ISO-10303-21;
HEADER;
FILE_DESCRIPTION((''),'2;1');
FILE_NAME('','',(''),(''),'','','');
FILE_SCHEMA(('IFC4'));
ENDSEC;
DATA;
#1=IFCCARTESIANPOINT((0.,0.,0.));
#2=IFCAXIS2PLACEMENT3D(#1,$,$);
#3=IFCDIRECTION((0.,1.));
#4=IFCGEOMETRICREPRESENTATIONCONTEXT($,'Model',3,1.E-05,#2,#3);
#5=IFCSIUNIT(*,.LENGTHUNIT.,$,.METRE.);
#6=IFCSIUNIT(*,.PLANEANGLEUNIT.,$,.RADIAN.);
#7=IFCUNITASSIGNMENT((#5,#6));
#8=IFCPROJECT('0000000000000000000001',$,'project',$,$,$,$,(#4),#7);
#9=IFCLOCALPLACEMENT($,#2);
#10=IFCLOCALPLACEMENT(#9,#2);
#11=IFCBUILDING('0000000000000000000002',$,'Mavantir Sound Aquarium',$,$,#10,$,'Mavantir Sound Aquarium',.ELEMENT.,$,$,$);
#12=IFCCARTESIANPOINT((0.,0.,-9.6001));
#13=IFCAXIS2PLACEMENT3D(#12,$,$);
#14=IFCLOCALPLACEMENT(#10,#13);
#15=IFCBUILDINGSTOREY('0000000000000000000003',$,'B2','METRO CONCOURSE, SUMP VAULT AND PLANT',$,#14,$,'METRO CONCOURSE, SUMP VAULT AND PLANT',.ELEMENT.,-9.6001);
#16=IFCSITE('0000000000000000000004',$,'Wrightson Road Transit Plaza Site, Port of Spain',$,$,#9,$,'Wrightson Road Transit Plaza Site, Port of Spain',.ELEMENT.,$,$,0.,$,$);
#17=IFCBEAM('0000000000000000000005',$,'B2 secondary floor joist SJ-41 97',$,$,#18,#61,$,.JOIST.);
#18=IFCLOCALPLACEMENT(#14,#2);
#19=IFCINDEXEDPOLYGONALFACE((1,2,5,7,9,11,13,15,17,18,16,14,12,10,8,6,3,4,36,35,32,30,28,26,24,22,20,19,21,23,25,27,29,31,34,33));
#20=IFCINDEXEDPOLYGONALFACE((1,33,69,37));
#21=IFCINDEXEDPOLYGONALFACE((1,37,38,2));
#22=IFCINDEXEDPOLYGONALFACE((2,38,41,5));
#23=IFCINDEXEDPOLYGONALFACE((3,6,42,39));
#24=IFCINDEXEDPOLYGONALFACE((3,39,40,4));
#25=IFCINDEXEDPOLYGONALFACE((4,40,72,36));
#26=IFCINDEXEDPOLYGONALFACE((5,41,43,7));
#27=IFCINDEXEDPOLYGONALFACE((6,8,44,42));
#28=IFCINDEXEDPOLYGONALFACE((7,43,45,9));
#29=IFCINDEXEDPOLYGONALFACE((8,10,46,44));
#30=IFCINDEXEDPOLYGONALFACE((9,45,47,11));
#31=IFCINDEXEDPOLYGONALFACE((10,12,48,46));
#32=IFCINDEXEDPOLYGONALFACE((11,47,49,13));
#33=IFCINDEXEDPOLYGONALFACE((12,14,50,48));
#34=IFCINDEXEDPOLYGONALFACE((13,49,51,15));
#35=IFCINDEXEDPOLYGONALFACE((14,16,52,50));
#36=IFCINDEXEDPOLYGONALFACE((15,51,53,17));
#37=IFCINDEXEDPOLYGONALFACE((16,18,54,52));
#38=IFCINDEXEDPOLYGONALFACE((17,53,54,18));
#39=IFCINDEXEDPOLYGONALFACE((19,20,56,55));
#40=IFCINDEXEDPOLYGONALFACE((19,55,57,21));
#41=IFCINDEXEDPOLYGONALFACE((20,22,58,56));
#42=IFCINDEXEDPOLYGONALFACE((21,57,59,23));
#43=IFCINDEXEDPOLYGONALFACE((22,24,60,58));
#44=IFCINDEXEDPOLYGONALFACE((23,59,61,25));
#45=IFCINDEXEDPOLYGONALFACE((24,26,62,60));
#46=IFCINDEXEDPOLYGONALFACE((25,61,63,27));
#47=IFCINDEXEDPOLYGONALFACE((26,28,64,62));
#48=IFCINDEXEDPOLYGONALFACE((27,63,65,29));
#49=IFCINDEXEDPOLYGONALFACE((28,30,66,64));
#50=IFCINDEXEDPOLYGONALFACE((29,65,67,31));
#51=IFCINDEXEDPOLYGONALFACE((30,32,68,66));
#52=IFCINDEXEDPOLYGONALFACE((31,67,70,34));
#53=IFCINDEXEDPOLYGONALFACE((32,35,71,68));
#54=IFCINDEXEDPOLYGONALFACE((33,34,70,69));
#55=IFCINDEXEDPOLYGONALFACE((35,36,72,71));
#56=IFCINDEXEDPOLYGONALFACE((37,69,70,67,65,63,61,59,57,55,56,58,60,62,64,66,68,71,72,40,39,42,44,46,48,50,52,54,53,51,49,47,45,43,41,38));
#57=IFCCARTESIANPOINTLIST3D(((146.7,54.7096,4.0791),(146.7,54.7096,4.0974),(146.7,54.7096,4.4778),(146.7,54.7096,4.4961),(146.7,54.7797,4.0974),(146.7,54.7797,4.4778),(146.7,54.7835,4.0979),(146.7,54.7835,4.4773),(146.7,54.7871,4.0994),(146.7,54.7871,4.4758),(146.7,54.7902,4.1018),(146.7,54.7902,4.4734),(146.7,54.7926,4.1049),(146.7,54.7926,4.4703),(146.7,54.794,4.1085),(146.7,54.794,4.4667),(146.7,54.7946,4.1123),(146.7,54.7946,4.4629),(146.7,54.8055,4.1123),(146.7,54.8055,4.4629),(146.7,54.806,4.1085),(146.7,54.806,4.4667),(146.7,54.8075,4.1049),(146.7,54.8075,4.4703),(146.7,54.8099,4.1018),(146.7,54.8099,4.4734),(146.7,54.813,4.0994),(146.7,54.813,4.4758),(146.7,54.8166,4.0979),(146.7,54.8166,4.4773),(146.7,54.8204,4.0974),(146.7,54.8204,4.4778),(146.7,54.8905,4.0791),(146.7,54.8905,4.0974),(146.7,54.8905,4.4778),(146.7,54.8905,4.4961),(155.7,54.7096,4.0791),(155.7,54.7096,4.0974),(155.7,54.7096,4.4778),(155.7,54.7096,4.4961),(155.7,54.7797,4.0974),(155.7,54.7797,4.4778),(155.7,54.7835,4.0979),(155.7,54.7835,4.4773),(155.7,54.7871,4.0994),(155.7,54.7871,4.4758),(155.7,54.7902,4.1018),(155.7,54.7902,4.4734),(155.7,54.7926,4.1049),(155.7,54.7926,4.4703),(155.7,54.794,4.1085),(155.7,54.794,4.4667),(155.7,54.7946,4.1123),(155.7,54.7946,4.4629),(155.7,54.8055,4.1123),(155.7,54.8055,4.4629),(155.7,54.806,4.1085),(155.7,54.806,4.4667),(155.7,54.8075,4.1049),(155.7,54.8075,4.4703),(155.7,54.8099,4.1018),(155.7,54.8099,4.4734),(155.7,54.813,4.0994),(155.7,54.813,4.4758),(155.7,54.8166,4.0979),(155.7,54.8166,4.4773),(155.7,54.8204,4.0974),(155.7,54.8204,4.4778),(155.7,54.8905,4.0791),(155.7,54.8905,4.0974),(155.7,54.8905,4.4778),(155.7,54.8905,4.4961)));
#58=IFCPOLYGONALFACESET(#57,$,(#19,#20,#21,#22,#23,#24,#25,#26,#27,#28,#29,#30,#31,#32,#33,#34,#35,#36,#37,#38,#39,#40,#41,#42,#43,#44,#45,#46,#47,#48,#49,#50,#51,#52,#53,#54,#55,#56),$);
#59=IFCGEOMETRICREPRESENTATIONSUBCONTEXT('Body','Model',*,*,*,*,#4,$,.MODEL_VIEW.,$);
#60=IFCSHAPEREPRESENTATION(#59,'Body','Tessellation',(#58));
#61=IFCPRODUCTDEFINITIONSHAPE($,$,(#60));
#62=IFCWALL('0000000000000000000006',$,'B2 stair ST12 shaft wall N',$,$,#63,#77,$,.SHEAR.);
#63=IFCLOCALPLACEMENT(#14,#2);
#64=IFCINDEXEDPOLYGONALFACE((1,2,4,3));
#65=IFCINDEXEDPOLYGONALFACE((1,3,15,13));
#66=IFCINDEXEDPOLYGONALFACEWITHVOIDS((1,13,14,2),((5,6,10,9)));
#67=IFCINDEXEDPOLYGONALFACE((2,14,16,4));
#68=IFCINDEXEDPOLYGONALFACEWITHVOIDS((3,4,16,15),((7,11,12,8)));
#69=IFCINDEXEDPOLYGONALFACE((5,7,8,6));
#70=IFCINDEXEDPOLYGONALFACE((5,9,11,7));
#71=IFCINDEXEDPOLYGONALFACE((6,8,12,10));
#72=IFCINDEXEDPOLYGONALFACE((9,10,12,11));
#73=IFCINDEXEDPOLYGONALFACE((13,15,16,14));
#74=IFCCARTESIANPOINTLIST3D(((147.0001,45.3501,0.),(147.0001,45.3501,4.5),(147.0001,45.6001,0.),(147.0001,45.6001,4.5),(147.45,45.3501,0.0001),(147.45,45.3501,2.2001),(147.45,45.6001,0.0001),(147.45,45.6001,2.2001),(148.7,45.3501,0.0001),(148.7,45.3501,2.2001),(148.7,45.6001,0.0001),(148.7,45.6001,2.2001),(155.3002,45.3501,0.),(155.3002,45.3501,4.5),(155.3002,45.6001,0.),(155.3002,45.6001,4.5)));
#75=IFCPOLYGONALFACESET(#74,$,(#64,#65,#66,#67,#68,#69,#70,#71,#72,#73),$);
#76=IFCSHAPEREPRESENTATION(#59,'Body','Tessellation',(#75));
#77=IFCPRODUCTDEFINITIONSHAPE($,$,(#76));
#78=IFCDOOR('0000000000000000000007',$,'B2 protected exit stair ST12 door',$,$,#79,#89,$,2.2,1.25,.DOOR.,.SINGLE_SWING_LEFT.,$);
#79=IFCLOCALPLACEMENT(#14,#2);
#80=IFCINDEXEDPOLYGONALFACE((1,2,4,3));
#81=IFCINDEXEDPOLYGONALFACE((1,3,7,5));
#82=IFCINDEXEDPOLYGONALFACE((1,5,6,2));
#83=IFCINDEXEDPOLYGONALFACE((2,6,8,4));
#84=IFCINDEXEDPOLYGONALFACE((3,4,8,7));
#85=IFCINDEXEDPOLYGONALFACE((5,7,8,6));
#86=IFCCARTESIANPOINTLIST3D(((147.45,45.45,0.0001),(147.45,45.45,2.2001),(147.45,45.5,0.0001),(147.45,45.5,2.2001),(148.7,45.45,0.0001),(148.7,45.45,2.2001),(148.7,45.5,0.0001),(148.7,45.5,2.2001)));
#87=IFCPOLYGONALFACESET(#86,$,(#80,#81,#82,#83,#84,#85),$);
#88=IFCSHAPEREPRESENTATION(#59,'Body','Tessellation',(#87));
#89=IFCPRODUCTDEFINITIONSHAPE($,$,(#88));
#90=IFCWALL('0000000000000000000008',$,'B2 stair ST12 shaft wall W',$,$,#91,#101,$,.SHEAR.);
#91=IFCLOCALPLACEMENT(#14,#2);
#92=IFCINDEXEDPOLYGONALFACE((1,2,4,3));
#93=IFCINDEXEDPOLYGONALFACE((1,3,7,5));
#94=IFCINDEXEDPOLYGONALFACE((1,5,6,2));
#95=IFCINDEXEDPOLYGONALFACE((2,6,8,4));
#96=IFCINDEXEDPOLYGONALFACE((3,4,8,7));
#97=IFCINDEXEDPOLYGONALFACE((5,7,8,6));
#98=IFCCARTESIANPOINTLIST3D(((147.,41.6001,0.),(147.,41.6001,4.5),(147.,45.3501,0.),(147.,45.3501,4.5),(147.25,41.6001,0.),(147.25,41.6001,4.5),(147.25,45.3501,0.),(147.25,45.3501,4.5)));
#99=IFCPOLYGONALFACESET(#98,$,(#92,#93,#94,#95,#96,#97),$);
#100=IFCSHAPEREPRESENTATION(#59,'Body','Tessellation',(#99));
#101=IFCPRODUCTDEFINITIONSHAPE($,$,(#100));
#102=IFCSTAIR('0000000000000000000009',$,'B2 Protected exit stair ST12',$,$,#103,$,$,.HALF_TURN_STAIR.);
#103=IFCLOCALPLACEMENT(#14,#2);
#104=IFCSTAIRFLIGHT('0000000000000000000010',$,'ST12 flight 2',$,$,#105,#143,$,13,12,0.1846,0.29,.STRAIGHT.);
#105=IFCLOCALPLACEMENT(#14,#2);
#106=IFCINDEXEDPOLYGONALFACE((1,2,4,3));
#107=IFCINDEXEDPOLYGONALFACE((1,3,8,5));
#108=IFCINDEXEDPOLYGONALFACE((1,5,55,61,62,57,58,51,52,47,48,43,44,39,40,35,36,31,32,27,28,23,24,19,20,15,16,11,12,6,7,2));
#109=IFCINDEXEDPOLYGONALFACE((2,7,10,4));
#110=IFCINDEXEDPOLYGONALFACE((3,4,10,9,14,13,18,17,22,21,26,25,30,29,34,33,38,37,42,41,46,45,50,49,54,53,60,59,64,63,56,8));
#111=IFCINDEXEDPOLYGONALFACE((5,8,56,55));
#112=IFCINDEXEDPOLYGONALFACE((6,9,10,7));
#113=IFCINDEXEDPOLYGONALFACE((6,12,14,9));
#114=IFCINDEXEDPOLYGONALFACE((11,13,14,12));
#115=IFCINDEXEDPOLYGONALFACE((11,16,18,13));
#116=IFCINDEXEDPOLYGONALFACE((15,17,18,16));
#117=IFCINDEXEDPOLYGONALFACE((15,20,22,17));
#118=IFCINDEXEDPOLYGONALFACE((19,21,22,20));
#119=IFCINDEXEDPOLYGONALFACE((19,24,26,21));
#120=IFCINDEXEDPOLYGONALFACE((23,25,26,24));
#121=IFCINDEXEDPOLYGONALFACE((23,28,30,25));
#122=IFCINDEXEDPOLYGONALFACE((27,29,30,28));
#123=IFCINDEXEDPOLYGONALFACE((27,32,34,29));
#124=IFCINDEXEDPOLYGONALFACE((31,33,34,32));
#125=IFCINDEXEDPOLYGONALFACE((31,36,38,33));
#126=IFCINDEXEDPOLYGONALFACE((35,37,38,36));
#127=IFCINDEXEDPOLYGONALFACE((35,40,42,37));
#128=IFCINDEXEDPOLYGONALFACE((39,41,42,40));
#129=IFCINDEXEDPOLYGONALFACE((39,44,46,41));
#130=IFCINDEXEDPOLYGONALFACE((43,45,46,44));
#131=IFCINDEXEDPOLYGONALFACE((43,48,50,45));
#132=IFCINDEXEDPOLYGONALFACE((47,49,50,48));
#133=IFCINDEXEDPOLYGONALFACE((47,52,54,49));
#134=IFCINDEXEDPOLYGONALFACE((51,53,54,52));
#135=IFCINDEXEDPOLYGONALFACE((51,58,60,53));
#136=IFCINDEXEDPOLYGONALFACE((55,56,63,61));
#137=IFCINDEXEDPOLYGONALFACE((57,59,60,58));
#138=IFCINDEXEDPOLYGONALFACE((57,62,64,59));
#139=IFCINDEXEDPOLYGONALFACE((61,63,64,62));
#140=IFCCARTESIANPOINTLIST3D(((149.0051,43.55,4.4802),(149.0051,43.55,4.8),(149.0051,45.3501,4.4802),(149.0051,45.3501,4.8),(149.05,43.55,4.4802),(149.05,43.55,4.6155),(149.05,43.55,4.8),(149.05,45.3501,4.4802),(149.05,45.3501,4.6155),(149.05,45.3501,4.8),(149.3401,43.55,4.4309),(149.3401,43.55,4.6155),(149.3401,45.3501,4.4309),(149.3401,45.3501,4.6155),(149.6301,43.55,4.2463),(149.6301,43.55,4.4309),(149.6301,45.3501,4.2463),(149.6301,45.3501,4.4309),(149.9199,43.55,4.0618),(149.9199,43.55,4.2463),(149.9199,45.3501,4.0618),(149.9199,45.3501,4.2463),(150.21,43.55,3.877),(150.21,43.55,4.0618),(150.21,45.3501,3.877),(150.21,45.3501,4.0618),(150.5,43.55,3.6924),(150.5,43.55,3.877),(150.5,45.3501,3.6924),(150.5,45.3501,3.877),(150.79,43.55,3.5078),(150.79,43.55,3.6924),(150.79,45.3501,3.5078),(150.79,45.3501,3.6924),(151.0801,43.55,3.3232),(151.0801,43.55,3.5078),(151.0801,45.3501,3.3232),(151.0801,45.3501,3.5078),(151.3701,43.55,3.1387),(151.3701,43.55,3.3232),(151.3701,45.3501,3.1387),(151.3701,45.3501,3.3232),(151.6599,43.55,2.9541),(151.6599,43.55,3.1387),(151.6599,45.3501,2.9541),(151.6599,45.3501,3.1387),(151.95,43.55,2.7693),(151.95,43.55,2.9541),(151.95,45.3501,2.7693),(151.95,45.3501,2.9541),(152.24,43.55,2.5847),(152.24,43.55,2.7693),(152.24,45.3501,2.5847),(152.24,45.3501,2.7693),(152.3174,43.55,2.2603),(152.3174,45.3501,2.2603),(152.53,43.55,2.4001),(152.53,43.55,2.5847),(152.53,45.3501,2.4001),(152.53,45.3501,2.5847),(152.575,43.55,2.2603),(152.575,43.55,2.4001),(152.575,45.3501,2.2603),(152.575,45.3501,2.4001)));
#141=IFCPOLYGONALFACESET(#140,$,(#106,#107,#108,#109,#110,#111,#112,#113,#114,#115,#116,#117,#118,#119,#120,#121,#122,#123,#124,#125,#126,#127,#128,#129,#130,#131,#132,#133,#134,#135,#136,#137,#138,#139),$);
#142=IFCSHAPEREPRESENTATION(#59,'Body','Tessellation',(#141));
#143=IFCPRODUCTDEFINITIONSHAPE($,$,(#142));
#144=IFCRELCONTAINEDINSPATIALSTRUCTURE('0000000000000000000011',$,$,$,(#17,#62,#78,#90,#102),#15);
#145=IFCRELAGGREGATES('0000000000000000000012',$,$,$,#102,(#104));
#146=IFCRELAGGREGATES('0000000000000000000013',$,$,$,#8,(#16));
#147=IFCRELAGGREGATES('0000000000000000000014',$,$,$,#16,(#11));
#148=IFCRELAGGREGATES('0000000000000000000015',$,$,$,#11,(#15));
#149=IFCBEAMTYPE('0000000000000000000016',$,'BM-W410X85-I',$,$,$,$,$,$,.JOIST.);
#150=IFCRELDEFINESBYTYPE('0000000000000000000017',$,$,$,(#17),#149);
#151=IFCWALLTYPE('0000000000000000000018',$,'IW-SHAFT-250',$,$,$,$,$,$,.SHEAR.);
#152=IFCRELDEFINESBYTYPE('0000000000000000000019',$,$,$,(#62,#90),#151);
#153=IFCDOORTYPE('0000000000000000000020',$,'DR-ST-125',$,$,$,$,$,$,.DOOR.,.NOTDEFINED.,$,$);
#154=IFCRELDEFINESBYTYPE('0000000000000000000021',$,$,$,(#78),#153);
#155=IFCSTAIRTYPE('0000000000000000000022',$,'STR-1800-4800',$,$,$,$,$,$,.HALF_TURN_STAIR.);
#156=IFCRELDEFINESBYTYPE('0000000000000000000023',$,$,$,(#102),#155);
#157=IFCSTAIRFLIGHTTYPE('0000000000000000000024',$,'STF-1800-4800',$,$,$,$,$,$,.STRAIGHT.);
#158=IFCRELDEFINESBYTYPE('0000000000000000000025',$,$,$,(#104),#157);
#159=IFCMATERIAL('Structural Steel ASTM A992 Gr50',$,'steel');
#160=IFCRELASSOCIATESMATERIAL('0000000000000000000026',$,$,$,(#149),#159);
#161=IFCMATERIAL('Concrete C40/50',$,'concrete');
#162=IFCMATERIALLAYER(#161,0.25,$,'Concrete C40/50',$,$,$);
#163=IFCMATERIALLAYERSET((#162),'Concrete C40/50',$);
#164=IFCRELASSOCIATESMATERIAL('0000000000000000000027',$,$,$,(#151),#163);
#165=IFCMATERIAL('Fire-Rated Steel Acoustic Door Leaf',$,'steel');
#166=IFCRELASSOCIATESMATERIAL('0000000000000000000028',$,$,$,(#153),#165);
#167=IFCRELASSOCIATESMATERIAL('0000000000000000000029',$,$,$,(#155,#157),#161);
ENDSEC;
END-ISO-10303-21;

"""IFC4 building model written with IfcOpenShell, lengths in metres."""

from ifc_helpers import new_model, si_unit, direction, frame, frame_2d, origin, origin_2d, place, context, subcontext, project, spatial, polyline, rectangle, i_section, outline, extrude, material, layer, layer_set, material_profile, profile_set, type_object, element, fill, aggregate, save


model = new_model("IFC4")

# Units and contexts
model_context = context("Model", 3, precision=1e-05, world=origin(), true_north=direction((0.0, 1.0)))
body_context = subcontext(model_context, "Body", "Model", "MODEL_VIEW")
ifc_project = project(units=[si_unit("LENGTHUNIT", "METRE"), si_unit("PLANEANGLEUNIT", "RADIAN")], contexts=[model_context])

# Site, building, storey
site_placement = place(None, origin())
site = spatial("IfcSite", under=ifc_project, at=site_placement, Name="Wrightson Road Transit Plaza Site, Port of Spain", LongName="Wrightson Road Transit Plaza Site, Port of Spain", CompositionType="ELEMENT", RefElevation=0.0)
building_placement = place(site_placement, origin())
building = spatial("IfcBuilding", under=site, at=building_placement, Name="Mavantir Sound Aquarium", LongName="Mavantir Sound Aquarium", CompositionType="ELEMENT")
storey_placement = place(building_placement, frame((0.0, 0.0, -9.6001)))
storey = spatial("IfcBuildingStorey", under=building, at=storey_placement, Name="B2", Description="METRO CONCOURSE, SUMP VAULT AND PLANT", LongName="METRO CONCOURSE, SUMP VAULT AND PLANT", CompositionType="ELEMENT", Elevation=-9.6001)

# Shared definitions
ifc_material_1 = material(Name="Concrete C40/50", Category="concrete")

# Beam
ifc_material_2 = material(Name="Structural Steel ASTM A992 Gr50", Category="steel")
ifc_material_profile_1 = material_profile(ifc_material_2, i_section(OverallWidth=0.1809, OverallDepth=0.417, WebThickness=0.011, FlangeThickness=0.0183, FilletRadius=0.0149, at=origin_2d()), Name="W410X85")
ifc_profile_set_1 = profile_set([ifc_material_profile_1], Name="Structural Steel ASTM A992 Gr50")
beam_type_1 = type_object("IfcBeamType", Name="BM-W410X85-I", PredefinedType="JOIST", material=ifc_profile_set_1)
beam_1_placement = place(storey_placement, frame((146.7, 54.8, 4.2876), z_axis=(1.0, 0.0, 0.0), x_axis=(0.0, 1.0, 0.0)))
element("IfcBeam", 1, at=beam_1_placement, inside=storey, type_object=beam_type_1, Name="B2 secondary floor joist SJ-41 97", PredefinedType="JOIST", context=body_context, shape_type="SweptSolid", body=[
    extrude(i_section(OverallWidth=0.1809, OverallDepth=0.417, WebThickness=0.011, FlangeThickness=0.0183, FilletRadius=0.0149, at=origin_2d()), origin(), (0.0, 0.0, 1.0), 9.0),
])

# Wall, opening, door
ifc_layer = layer(ifc_material_1, 0.25, Name="Concrete C40/50")
ifc_layer_set = layer_set([ifc_layer], Name="Concrete C40/50")
wall_type = type_object("IfcWallType", Name="IW-SHAFT-250", PredefinedType="SHEAR", material=ifc_layer_set)
wall_1_placement = place(storey_placement, frame((155.3, 45.4751, 0.0), z_axis=(0.0, 0.0, 1.0), x_axis=(-1.0, 0.0, 0.0)))
wall_1 = element("IfcWall", 2, at=wall_1_placement, inside=storey, type_object=wall_type, Name="B2 stair ST12 shaft wall N", PredefinedType="SHEAR", context=body_context, shape_type="SweptSolid", body=[
    extrude(rectangle(XDim=8.3, YDim=0.25, at=frame_2d((4.1499, 0.0))), origin(), (0.0, 0.0, 1.0), 4.5),
])
opening_placement = place(wall_1_placement, frame((7.8501, 0.0, 0.0), z_axis=(0.0, 0.0, 1.0), x_axis=(-1.0, 0.0, 0.0)))
opening = element("IfcOpeningElement", 3, at=opening_placement, cuts=wall_1, PredefinedType="OPENING", context=body_context, shape_type="SweptSolid", body=[
    extrude(rectangle(XDim=1.25, YDim=2.2, at=frame_2d((0.625, 1.1001))), frame((0.0, 0.135, 0.0), z_axis=(0.0, -1.0, 0.0), x_axis=(1.0, 0.0, 0.0)), (0.0, 0.0, 1.0), 0.27),
])
ifc_material_3 = material(Name="Fire-Rated Steel Acoustic Door Leaf", Category="steel")
door_type = type_object("IfcDoorType", Name="DR-ST-125", OperationType="NOTDEFINED", PredefinedType="DOOR", material=ifc_material_3)
door_placement = place(opening_placement, origin())
door = element("IfcDoor", 4, at=door_placement, inside=storey, type_object=door_type, Name="B2 protected exit stair ST12 door", OperationType="SINGLE_SWING_LEFT", OverallHeight=2.2, OverallWidth=1.25, PredefinedType="DOOR", context=body_context, shape_type="SweptSolid", body=[
    extrude(rectangle(XDim=1.25, YDim=2.2, at=frame_2d((0.625, 1.1001))), frame((0.0, 0.0249, 0.0), z_axis=(0.0, -1.0, 0.0), x_axis=(1.0, 0.0, 0.0)), (0.0, 0.0, 1.0), 0.05),
])
fill(opening, door)

# Wall
wall_2_placement = place(storey_placement, frame((147.125, 45.3501, 0.0), z_axis=(0.0, 0.0, 1.0), x_axis=(0.0, -1.0, 0.0)))
element("IfcWall", 5, at=wall_2_placement, inside=storey, type_object=wall_type, Name="B2 stair ST12 shaft wall W", PredefinedType="SHEAR", context=body_context, shape_type="SweptSolid", body=[
    extrude(rectangle(XDim=3.75, YDim=0.25, at=frame_2d((1.875, 0.0))), origin(), (0.0, 0.0, 1.0), 4.5),
])

# Stair, stair flight
stair_type = type_object("IfcStairType", Name="STR-1800-4800", PredefinedType="HALF_TURN_STAIR", material=ifc_material_1)
stair_placement = place(storey_placement, origin())
stair = element("IfcStair", 6, at=stair_placement, inside=storey, type_object=stair_type, Name="B2 Protected exit stair ST12", PredefinedType="HALF_TURN_STAIR")
stair_flight_type = type_object("IfcStairFlightType", Name="STF-1800-4800", PredefinedType="STRAIGHT", material=ifc_material_1)
stair_flight_placement = place(storey_placement, frame((152.53, 44.45, 2.4001), z_axis=(0.0, 0.0, 1.0), x_axis=(-1.0, 0.0, 0.0)))
stair_flight = element("IfcStairFlight", 7, at=stair_flight_placement, type_object=stair_flight_type, Name="ST12 flight 2", NumberOfRisers=13, NumberOfTreads=12, PredefinedType="STRAIGHT", RiserHeight=0.1846, TreadLength=0.29, context=body_context, shape_type="SweptSolid", body=[
    extrude(outline(polyline([(-0.0449, -0.1399), (-0.0449, 0.0), (0.0, 0.0), (0.0, 0.1846), (0.29, 0.1846), (0.29, 0.3691), (0.5801, 0.3691), (0.5801, 0.554), (0.8701, 0.554), (0.8701, 0.7385), (1.1599, 0.7385), (1.1599, 0.9231), (1.45, 0.9231), (1.45, 1.1077), (1.74, 1.1077), (1.74, 1.2922), (2.03, 1.2922), (2.03, 1.4768), (2.3201, 1.4768), (2.3201, 1.6616), (2.6101, 1.6616), (2.6101, 1.8462), (2.8999, 1.8462), (2.8999, 2.0308), (3.1899, 2.0308), (3.1899, 2.2153), (3.48, 2.2153), (3.48, 2.3999), (3.5249, 2.3999), (3.5249, 2.0801), (3.48, 2.0801), (0.2126, -0.1399), (-0.0449, -0.1399)])), frame((0.0, 0.8999, 0.0), z_axis=(0.0, -1.0, 0.0), x_axis=(1.0, 0.0, 0.0)), (0.0, 0.0, 1.0), 1.8),
])
aggregate(stair, [stair_flight])

save(model, "model.ifc")
